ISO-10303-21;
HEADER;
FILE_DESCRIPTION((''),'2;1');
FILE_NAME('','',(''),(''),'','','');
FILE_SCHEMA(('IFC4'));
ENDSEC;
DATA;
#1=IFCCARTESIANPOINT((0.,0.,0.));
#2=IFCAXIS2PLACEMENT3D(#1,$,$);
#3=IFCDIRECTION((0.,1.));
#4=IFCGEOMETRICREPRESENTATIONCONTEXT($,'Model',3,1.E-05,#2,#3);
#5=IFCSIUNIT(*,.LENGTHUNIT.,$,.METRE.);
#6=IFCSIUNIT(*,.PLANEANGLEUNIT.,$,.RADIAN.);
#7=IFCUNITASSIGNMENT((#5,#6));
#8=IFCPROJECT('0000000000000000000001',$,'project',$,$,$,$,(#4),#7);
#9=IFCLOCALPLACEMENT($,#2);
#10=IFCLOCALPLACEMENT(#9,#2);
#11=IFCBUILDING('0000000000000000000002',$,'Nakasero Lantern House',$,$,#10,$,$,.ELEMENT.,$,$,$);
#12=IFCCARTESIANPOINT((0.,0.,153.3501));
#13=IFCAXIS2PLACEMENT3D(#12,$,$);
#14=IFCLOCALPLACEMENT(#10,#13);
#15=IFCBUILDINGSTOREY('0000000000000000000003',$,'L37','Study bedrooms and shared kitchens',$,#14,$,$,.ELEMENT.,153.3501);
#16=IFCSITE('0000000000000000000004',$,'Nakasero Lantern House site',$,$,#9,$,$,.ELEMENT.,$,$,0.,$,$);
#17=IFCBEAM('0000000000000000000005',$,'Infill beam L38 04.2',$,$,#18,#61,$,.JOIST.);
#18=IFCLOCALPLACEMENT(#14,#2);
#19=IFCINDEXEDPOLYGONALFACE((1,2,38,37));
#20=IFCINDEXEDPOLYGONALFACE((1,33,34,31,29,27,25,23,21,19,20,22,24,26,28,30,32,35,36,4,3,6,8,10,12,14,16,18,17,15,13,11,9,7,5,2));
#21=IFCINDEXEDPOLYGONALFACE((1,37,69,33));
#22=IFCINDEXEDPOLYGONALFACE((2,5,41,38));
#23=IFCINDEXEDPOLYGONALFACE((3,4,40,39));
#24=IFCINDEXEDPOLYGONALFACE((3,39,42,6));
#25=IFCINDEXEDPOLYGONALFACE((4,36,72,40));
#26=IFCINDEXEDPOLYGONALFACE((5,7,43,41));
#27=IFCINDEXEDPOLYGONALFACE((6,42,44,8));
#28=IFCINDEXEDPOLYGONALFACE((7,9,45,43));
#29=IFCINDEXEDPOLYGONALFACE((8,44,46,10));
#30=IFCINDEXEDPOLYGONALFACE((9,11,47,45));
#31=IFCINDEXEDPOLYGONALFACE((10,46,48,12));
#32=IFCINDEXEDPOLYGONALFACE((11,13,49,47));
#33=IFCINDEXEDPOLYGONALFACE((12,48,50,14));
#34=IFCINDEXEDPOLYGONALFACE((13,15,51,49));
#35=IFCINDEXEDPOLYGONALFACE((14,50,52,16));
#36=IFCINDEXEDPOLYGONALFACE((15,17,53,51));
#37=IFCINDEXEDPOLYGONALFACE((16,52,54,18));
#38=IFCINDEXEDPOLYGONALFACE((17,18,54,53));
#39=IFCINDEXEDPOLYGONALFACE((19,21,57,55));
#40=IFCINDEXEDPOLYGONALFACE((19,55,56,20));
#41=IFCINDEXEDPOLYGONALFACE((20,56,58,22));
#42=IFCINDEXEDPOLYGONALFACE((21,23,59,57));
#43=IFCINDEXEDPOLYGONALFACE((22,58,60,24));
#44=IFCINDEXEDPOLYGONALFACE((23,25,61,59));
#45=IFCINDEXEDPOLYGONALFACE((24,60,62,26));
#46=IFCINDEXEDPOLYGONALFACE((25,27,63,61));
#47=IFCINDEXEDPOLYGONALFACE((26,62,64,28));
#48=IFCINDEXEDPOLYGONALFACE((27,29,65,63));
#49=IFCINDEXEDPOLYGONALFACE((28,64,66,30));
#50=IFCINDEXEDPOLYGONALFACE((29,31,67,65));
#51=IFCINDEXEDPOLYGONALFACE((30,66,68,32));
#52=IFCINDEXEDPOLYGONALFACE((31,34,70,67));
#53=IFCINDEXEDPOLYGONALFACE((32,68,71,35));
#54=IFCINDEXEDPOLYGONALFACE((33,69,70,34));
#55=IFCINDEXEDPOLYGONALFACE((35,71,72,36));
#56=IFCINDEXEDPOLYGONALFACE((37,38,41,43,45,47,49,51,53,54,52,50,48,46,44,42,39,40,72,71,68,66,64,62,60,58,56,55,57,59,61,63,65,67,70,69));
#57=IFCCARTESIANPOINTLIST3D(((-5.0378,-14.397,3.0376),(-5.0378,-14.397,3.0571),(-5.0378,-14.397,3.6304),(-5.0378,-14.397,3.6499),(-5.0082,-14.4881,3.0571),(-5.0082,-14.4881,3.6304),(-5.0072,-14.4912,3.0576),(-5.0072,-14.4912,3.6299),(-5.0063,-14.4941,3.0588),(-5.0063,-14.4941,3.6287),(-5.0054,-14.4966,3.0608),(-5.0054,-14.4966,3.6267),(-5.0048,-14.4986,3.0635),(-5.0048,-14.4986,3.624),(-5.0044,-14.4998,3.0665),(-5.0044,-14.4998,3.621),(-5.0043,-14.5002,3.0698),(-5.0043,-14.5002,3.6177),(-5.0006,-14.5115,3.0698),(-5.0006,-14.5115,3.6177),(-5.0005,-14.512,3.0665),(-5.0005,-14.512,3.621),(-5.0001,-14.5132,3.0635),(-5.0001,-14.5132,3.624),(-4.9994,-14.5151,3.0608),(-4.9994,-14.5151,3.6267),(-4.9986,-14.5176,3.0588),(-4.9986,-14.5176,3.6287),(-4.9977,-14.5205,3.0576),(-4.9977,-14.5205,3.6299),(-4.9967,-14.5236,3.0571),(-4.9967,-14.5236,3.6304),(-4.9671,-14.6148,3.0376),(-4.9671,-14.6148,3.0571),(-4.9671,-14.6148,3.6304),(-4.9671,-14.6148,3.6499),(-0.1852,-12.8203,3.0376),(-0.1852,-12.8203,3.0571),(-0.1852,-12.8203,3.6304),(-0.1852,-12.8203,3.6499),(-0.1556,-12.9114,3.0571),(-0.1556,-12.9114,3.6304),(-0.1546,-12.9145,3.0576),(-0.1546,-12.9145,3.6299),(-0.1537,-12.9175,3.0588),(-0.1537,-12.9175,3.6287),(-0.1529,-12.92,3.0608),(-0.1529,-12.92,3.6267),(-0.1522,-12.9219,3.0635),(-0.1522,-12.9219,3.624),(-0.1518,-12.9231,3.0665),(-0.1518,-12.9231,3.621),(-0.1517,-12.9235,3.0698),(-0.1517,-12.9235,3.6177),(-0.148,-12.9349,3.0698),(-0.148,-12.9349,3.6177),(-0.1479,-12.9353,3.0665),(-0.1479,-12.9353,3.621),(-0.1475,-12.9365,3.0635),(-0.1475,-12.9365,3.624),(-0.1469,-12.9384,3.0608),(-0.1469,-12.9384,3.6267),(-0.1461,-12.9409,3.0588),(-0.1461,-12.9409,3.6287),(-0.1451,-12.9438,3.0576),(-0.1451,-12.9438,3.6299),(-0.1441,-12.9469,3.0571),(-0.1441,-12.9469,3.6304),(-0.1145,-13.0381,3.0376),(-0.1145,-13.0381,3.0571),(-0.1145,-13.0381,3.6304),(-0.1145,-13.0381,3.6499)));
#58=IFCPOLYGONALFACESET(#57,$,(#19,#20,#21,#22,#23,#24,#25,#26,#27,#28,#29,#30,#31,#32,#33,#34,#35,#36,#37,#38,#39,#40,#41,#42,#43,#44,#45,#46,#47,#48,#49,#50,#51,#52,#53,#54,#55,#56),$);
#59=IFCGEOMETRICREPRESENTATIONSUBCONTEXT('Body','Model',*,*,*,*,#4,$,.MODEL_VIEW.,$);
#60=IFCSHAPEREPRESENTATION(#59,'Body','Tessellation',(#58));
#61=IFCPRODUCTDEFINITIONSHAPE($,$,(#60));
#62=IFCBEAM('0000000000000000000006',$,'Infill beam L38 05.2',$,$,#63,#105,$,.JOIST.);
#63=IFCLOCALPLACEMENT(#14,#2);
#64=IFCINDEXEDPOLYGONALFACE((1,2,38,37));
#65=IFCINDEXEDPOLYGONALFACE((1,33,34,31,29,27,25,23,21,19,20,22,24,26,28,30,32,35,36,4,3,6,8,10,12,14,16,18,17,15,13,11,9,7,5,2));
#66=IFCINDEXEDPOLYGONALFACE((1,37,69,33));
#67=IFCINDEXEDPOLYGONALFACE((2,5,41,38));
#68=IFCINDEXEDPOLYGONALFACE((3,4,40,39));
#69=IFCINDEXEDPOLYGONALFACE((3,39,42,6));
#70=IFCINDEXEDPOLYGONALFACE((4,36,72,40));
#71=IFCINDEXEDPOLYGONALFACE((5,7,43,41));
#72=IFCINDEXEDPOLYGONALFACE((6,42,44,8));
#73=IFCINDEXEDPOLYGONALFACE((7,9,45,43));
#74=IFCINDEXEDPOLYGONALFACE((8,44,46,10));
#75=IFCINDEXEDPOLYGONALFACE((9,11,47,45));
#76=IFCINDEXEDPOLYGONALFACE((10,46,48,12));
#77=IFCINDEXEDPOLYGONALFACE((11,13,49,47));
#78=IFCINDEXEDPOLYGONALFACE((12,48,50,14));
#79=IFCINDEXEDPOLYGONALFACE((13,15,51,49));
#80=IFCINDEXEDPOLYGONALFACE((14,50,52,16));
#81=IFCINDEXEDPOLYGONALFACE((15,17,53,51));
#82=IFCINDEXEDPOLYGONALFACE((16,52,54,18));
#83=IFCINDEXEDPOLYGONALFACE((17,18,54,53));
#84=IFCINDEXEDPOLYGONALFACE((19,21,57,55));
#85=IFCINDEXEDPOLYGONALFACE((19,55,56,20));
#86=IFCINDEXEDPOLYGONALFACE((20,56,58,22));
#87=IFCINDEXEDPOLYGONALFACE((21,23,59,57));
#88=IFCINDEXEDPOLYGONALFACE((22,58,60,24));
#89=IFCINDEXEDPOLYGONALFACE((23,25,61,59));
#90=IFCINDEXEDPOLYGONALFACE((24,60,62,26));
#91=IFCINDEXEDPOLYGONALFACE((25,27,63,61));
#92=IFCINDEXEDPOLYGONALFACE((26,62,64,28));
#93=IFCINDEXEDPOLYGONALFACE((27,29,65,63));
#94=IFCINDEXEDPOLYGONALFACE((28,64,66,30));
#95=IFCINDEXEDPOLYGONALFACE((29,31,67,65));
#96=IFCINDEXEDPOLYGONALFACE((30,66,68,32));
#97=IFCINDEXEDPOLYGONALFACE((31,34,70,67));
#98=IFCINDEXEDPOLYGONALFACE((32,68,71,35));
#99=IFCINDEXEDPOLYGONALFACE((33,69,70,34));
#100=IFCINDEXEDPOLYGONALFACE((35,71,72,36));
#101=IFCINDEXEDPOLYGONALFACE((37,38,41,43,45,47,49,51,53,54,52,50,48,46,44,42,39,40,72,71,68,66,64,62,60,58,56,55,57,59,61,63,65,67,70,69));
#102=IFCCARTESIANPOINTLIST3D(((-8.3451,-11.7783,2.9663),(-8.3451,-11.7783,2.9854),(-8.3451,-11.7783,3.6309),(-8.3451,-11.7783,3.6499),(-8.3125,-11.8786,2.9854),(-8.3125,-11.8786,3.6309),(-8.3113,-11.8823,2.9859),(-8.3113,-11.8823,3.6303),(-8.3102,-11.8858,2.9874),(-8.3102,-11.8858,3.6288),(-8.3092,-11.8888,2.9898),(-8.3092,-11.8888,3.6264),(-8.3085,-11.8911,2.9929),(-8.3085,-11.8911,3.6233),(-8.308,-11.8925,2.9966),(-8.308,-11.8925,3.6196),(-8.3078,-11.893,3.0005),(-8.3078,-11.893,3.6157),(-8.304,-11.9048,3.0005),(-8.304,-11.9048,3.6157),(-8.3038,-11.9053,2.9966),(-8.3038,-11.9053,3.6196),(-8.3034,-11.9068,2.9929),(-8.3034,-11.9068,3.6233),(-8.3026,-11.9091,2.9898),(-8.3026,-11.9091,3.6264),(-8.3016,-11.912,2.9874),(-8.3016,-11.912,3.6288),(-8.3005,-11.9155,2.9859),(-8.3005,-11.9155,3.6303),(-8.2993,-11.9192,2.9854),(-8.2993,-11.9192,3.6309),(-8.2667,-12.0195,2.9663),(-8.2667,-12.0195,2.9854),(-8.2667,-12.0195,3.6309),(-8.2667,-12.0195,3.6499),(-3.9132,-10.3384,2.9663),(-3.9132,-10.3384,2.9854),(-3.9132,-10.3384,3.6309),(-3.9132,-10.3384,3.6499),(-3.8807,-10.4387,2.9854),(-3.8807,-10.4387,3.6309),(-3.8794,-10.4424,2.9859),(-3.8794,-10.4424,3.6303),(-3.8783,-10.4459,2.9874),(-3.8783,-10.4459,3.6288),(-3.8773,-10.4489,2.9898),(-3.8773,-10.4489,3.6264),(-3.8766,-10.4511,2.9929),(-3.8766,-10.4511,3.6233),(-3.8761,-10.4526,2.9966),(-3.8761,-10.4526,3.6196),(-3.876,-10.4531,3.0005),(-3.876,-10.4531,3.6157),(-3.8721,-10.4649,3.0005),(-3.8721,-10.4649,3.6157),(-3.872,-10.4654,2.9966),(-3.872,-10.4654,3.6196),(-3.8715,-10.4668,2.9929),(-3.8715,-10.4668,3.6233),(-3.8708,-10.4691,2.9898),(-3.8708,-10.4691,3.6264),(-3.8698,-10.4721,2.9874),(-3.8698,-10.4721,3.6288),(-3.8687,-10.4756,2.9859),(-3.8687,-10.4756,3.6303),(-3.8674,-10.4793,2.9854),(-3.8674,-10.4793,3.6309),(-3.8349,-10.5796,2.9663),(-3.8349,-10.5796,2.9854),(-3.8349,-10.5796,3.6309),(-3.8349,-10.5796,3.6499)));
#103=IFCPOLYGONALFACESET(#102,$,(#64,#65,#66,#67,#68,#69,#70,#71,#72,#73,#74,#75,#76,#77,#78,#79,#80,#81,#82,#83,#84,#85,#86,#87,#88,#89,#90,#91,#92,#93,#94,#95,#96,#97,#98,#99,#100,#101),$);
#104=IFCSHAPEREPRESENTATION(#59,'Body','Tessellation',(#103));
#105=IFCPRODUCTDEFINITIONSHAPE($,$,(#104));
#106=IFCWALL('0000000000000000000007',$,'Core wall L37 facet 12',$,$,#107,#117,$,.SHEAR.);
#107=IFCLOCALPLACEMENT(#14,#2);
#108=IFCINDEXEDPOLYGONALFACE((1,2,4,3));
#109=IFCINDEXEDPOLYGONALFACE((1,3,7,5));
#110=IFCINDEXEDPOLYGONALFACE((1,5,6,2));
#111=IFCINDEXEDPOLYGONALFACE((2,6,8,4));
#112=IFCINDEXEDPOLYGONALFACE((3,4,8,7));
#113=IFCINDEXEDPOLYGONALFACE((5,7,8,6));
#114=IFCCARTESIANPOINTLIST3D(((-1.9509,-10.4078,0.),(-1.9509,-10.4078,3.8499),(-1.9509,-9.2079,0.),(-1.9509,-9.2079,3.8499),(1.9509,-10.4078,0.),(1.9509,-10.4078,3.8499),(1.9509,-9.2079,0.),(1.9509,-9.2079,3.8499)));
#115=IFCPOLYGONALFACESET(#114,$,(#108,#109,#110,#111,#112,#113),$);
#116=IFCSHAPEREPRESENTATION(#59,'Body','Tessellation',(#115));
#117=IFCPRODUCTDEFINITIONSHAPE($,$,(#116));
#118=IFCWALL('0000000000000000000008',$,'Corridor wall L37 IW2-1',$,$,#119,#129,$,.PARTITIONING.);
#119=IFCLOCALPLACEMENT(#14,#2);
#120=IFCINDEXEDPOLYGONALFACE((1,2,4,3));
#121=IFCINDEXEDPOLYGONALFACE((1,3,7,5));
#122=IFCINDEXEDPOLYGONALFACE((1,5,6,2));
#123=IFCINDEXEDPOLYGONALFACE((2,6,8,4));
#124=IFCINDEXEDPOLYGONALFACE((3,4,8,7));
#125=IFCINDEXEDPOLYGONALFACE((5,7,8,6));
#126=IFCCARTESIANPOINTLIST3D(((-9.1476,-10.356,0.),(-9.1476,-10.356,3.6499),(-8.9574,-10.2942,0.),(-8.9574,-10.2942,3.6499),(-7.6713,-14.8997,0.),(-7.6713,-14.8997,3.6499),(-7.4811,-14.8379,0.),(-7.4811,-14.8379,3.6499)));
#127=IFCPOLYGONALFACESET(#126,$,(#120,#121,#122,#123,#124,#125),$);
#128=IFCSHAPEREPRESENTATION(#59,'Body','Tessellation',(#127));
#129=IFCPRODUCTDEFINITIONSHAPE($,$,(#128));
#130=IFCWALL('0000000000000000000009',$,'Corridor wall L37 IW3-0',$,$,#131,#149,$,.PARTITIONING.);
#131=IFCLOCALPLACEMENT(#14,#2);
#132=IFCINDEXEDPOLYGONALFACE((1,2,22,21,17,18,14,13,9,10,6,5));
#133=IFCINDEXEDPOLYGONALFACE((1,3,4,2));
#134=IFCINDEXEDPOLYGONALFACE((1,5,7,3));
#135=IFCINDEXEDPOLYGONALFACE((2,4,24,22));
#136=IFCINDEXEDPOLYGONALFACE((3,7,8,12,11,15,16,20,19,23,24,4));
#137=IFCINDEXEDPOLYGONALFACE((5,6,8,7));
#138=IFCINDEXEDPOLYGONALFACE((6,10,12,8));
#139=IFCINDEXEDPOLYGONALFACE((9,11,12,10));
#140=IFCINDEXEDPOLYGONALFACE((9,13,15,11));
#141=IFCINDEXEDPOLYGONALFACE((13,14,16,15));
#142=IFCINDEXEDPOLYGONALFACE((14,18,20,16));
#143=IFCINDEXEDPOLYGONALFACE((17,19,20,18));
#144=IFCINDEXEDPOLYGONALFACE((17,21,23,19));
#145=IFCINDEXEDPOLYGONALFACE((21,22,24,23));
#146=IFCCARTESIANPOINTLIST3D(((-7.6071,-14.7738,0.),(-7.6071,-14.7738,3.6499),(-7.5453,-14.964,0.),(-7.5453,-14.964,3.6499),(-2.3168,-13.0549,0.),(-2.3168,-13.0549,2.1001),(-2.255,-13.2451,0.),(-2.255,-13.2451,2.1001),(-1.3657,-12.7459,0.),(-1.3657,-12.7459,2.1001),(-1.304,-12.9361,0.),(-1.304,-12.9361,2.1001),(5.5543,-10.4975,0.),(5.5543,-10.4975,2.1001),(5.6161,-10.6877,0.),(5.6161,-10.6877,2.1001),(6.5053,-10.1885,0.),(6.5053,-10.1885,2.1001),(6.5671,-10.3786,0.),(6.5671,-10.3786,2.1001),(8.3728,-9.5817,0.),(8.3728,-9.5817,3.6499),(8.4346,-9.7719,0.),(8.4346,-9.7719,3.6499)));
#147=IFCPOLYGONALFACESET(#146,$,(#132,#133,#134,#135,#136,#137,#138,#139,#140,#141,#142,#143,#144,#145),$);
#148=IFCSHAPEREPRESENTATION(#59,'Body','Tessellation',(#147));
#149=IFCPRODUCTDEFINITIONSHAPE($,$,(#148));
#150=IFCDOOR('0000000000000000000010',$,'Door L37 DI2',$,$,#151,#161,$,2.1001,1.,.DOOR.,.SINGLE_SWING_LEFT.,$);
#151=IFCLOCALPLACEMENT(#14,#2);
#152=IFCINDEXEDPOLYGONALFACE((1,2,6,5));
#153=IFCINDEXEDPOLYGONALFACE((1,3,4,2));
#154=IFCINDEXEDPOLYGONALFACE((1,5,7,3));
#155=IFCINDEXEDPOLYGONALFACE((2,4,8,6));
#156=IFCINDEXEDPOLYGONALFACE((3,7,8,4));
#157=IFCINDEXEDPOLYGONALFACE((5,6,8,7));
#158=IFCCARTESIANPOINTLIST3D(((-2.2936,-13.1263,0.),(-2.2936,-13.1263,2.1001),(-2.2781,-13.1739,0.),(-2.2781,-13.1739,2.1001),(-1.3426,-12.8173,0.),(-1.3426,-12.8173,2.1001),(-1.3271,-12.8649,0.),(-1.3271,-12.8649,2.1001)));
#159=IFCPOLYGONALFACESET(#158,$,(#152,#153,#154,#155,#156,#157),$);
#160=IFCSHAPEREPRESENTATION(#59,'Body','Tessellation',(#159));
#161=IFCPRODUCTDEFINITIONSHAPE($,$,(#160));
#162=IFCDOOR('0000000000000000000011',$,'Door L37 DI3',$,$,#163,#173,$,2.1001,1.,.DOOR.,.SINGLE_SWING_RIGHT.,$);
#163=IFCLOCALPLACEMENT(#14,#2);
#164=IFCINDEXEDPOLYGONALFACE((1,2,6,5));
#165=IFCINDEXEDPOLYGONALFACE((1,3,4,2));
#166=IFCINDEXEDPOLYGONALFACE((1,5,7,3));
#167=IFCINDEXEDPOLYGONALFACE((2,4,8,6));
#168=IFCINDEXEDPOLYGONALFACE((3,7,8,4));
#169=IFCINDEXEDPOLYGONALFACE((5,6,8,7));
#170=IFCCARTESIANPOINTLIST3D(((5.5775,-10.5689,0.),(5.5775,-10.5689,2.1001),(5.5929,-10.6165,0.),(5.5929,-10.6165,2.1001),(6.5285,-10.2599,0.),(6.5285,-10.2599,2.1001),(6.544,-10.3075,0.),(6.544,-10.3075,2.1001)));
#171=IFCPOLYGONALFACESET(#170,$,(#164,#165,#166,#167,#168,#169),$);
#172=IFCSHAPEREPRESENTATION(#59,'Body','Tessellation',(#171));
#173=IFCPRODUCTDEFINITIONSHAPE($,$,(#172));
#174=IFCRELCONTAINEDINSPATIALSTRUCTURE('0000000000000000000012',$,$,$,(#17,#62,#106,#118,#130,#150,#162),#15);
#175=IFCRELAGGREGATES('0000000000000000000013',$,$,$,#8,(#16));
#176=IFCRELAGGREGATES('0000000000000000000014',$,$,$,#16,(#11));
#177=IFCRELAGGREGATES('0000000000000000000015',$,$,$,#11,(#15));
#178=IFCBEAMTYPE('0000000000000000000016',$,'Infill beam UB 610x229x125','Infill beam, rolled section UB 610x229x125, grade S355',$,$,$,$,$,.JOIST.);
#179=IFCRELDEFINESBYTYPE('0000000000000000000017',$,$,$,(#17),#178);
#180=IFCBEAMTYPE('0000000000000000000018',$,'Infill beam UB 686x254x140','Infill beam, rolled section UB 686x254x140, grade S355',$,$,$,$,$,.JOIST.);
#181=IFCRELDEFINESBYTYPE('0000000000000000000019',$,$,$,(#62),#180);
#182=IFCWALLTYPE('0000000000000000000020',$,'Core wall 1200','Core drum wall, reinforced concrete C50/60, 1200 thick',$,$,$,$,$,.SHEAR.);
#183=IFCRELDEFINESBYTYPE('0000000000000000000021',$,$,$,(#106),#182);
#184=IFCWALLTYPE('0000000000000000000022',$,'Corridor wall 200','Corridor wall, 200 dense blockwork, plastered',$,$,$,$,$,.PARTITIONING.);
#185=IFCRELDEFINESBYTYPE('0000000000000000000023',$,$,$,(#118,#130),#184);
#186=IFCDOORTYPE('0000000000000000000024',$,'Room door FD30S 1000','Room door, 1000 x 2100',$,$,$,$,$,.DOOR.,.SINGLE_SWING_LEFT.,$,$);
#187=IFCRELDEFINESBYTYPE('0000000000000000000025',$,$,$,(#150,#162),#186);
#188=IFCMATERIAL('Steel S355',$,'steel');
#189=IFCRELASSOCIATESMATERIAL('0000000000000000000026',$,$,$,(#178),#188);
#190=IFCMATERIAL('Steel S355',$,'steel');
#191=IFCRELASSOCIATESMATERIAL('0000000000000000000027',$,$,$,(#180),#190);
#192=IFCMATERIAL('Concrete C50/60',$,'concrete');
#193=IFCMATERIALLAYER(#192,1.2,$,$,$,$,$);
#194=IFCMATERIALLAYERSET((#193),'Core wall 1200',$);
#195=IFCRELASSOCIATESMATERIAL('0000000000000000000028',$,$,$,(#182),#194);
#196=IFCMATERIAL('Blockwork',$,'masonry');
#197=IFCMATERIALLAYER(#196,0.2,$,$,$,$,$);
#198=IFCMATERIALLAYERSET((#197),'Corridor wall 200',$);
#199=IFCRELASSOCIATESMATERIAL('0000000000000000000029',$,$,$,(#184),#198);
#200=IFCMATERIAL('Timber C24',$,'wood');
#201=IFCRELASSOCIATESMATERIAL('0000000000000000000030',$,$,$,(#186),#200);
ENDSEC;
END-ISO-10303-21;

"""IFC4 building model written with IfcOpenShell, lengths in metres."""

from ifc_helpers import new_model, si_unit, direction, frame, frame_2d, origin, origin_2d, place, context, subcontext, project, spatial, rectangle, i_section, extrude, material, layer, layer_set, material_profile, profile_set, type_object, element, fill, save


model = new_model("IFC4")

# Units and contexts
model_context = context("Model", 3, precision=1e-05, world=origin(), true_north=direction((0.0, 1.0)))
body_context = subcontext(model_context, "Body", "Model", "MODEL_VIEW")
ifc_project = project(units=[si_unit("LENGTHUNIT", "METRE"), si_unit("PLANEANGLEUNIT", "RADIAN")], contexts=[model_context])

# Site, building, storey
site_placement = place(None, origin())
site = spatial("IfcSite", under=ifc_project, at=site_placement, Name="Nakasero Lantern House site", CompositionType="ELEMENT", RefElevation=0.0)
building_placement = place(site_placement, origin())
building = spatial("IfcBuilding", under=site, at=building_placement, Name="Nakasero Lantern House", CompositionType="ELEMENT")
storey_placement = place(building_placement, frame((0.0, 0.0, 153.3501)))
storey = spatial("IfcBuildingStorey", under=building, at=storey_placement, Name="L37", Description="Study bedrooms and shared kitchens", CompositionType="ELEMENT", Elevation=153.3501)

# Beams
ifc_material_1 = material(Name="Steel S355", Category="steel")
ifc_material_profile_1 = material_profile(ifc_material_1, i_section(OverallWidth=0.229, OverallDepth=0.6123, WebThickness=0.012, FlangeThickness=0.0195, FilletRadius=0.0127, at=origin_2d()), Name="UB 610x229x125")
ifc_profile_set_1 = profile_set([ifc_material_profile_1], Name="Steel S355")
beam_type_1 = type_object("IfcBeamType", Name="Infill beam UB 610x229x125", Description="Infill beam, rolled section UB 610x229x125, grade S355", PredefinedType="JOIST", material=ifc_profile_set_1)
beam_1_placement = place(storey_placement, frame((-5.0024, -14.5059, 3.3438), z_axis=(0.951058, 0.309012, 0.0), x_axis=(-0.309012, 0.951058, 0.0)))
element("IfcBeam", 1, at=beam_1_placement, inside=storey, type_object=beam_type_1, Name="Infill beam L38 04.2", PredefinedType="JOIST", context=body_context, shape_type="SweptSolid", body=[
    extrude(i_section(OverallWidth=0.229, OverallDepth=0.6123, WebThickness=0.012, FlangeThickness=0.0195, FilletRadius=0.0127, at=origin_2d()), origin(), (0.0, 0.0, 1.0), 5.1023),
])
ifc_material_2 = material(Name="Steel S355", Category="steel")
ifc_material_profile_2 = material_profile(ifc_material_2, i_section(OverallWidth=0.2537, OverallDepth=0.6836, WebThickness=0.0125, FlangeThickness=0.019, FilletRadius=0.0151, at=origin_2d()), Name="UB 686x254x140")
ifc_profile_set_2 = profile_set([ifc_material_profile_2], Name="Steel S355")
beam_type_2 = type_object("IfcBeamType", Name="Infill beam UB 686x254x140", Description="Infill beam, rolled section UB 686x254x140, grade S355", PredefinedType="JOIST", material=ifc_profile_set_2)
beam_2_placement = place(storey_placement, frame((-8.3059, -11.8989, 3.3081), z_axis=(0.951061, 0.309004, 0.0), x_axis=(-0.309004, 0.951061, 0.0)))
element("IfcBeam", 2, at=beam_2_placement, inside=storey, type_object=beam_type_2, Name="Infill beam L38 05.2", PredefinedType="JOIST", context=body_context, shape_type="SweptSolid", body=[
    extrude(i_section(OverallWidth=0.2537, OverallDepth=0.6836, WebThickness=0.0125, FlangeThickness=0.019, FilletRadius=0.0151, at=origin_2d()), origin(), (0.0, 0.0, 1.0), 4.6599),
])

# Wall
ifc_material_3 = material(Name="Concrete C50/60", Category="concrete")
ifc_layer_1 = layer(ifc_material_3, 1.2)
ifc_layer_set_1 = layer_set([ifc_layer_1], Name="Core wall 1200")
wall_type_1 = type_object("IfcWallType", Name="Core wall 1200", Description="Core drum wall, reinforced concrete C50/60, 1200 thick", PredefinedType="SHEAR", material=ifc_layer_set_1)
wall_1_placement = place(storey_placement, frame((-1.9509, -9.8079, 0.0), z_axis=(0.0, 0.0, 1.0), x_axis=(1.0, 0.0, 0.0)))
element("IfcWall", 3, at=wall_1_placement, inside=storey, type_object=wall_type_1, Name="Core wall L37 facet 12", PredefinedType="SHEAR", context=body_context, shape_type="SweptSolid", body=[
    extrude(rectangle(XDim=3.9019, YDim=1.2, at=frame_2d((1.9509, 0.0))), origin(), (0.0, 0.0, 1.0), 3.8499),
])

# Shared definitions
ifc_material_4 = material(Name="Blockwork", Category="masonry")
ifc_layer_2 = layer(ifc_material_4, 0.2)
ifc_layer_set_2 = layer_set([ifc_layer_2], Name="Corridor wall 200")
wall_type_2 = type_object("IfcWallType", Name="Corridor wall 200", Description="Corridor wall, 200 dense blockwork, plastered", PredefinedType="PARTITIONING", material=ifc_layer_set_2)
ifc_material_5 = material(Name="Timber C24", Category="wood")
door_type_1 = type_object("IfcDoorType", Name="Room door FD30S 1000", Description="Room door, 1000 x 2100", OperationType="SINGLE_SWING_LEFT", PredefinedType="DOOR", material=ifc_material_5)

# Wall
wall_2_placement = place(storey_placement, frame((-9.0525, -10.3252, 0.0), z_axis=(0.0, 0.0, 1.0), x_axis=(0.309013, -0.951058, 0.0)))
element("IfcWall", 4, at=wall_2_placement, inside=storey, type_object=wall_type_2, Name="Corridor wall L37 IW2-1", PredefinedType="PARTITIONING", context=body_context, shape_type="SweptSolid", body=[
    extrude(rectangle(XDim=4.7776, YDim=0.2, at=frame_2d((2.3887, 0.0))), origin(), (0.0, 0.0, 1.0), 3.6499),
])

# Wall, openings, doors
wall_3_placement = place(storey_placement, frame((-7.5762, -14.8689, 0.0), z_axis=(0.0, 0.0, 1.0), x_axis=(0.951058, 0.309013, 0.0)))
wall_3 = element("IfcWall", 5, at=wall_3_placement, inside=storey, type_object=wall_type_2, Name="Corridor wall L37 IW3-0", PredefinedType="PARTITIONING", context=body_context, shape_type="SweptSolid", body=[
    extrude(rectangle(XDim=16.8022, YDim=0.2, at=frame_2d((8.4011, 0.0))), origin(), (0.0, 0.0, 1.0), 3.6499),
])
opening_1_placement = place(wall_3_placement, frame((5.5625, 0.0, 0.0)))
opening_1 = element("IfcOpeningElement", 6, at=opening_1_placement, cuts=wall_3, PredefinedType="OPENING", context=body_context, shape_type="SweptSolid", body=[
    extrude(rectangle(XDim=1.0, YDim=2.1001, at=frame_2d((0.5, 1.05))), frame((0.0, 0.1199, 0.0), z_axis=(0.0, -1.0, 0.0), x_axis=(1.0, 0.0, 0.0)), (0.0, 0.0, 1.0), 0.24),
])
opening_2_placement = place(wall_3_placement, frame((13.8386, 0.0, 0.0)))
opening_2 = element("IfcOpeningElement", 7, at=opening_2_placement, cuts=wall_3, PredefinedType="OPENING", context=body_context, shape_type="SweptSolid", body=[
    extrude(rectangle(XDim=1.0, YDim=2.1001, at=frame_2d((0.5, 1.05))), frame((0.0, 0.1199, 0.0), z_axis=(0.0, -1.0, 0.0), x_axis=(1.0, 0.0, 0.0)), (0.0, 0.0, 1.0), 0.24),
])
door_1_placement = place(opening_1_placement, origin())
door_1 = element("IfcDoor", 8, at=door_1_placement, inside=storey, type_object=door_type_1, Name="Door L37 DI2", OperationType="SINGLE_SWING_LEFT", OverallHeight=2.1001, OverallWidth=1.0, PredefinedType="DOOR", context=body_context, shape_type="SweptSolid", body=[
    extrude(rectangle(XDim=1.0, YDim=2.1001, at=frame_2d((0.5, 1.05))), frame((0.0, 0.0249, 0.0), z_axis=(0.0, -1.0, 0.0), x_axis=(1.0, 0.0, 0.0)), (0.0, 0.0, 1.0), 0.05),
])
fill(opening_1, door_1)
door_2_placement = place(opening_2_placement, origin())
door_2 = element("IfcDoor", 9, at=door_2_placement, inside=storey, type_object=door_type_1, Name="Door L37 DI3", OperationType="SINGLE_SWING_RIGHT", OverallHeight=2.1001, OverallWidth=1.0, PredefinedType="DOOR", context=body_context, shape_type="SweptSolid", body=[
    extrude(rectangle(XDim=1.0, YDim=2.1001, at=frame_2d((0.5, 1.05))), frame((0.0, 0.0249, 0.0), z_axis=(0.0, -1.0, 0.0), x_axis=(1.0, 0.0, 0.0)), (0.0, 0.0, 1.0), 0.05),
])
fill(opening_2, door_2)

save(model, "model.ifc")
